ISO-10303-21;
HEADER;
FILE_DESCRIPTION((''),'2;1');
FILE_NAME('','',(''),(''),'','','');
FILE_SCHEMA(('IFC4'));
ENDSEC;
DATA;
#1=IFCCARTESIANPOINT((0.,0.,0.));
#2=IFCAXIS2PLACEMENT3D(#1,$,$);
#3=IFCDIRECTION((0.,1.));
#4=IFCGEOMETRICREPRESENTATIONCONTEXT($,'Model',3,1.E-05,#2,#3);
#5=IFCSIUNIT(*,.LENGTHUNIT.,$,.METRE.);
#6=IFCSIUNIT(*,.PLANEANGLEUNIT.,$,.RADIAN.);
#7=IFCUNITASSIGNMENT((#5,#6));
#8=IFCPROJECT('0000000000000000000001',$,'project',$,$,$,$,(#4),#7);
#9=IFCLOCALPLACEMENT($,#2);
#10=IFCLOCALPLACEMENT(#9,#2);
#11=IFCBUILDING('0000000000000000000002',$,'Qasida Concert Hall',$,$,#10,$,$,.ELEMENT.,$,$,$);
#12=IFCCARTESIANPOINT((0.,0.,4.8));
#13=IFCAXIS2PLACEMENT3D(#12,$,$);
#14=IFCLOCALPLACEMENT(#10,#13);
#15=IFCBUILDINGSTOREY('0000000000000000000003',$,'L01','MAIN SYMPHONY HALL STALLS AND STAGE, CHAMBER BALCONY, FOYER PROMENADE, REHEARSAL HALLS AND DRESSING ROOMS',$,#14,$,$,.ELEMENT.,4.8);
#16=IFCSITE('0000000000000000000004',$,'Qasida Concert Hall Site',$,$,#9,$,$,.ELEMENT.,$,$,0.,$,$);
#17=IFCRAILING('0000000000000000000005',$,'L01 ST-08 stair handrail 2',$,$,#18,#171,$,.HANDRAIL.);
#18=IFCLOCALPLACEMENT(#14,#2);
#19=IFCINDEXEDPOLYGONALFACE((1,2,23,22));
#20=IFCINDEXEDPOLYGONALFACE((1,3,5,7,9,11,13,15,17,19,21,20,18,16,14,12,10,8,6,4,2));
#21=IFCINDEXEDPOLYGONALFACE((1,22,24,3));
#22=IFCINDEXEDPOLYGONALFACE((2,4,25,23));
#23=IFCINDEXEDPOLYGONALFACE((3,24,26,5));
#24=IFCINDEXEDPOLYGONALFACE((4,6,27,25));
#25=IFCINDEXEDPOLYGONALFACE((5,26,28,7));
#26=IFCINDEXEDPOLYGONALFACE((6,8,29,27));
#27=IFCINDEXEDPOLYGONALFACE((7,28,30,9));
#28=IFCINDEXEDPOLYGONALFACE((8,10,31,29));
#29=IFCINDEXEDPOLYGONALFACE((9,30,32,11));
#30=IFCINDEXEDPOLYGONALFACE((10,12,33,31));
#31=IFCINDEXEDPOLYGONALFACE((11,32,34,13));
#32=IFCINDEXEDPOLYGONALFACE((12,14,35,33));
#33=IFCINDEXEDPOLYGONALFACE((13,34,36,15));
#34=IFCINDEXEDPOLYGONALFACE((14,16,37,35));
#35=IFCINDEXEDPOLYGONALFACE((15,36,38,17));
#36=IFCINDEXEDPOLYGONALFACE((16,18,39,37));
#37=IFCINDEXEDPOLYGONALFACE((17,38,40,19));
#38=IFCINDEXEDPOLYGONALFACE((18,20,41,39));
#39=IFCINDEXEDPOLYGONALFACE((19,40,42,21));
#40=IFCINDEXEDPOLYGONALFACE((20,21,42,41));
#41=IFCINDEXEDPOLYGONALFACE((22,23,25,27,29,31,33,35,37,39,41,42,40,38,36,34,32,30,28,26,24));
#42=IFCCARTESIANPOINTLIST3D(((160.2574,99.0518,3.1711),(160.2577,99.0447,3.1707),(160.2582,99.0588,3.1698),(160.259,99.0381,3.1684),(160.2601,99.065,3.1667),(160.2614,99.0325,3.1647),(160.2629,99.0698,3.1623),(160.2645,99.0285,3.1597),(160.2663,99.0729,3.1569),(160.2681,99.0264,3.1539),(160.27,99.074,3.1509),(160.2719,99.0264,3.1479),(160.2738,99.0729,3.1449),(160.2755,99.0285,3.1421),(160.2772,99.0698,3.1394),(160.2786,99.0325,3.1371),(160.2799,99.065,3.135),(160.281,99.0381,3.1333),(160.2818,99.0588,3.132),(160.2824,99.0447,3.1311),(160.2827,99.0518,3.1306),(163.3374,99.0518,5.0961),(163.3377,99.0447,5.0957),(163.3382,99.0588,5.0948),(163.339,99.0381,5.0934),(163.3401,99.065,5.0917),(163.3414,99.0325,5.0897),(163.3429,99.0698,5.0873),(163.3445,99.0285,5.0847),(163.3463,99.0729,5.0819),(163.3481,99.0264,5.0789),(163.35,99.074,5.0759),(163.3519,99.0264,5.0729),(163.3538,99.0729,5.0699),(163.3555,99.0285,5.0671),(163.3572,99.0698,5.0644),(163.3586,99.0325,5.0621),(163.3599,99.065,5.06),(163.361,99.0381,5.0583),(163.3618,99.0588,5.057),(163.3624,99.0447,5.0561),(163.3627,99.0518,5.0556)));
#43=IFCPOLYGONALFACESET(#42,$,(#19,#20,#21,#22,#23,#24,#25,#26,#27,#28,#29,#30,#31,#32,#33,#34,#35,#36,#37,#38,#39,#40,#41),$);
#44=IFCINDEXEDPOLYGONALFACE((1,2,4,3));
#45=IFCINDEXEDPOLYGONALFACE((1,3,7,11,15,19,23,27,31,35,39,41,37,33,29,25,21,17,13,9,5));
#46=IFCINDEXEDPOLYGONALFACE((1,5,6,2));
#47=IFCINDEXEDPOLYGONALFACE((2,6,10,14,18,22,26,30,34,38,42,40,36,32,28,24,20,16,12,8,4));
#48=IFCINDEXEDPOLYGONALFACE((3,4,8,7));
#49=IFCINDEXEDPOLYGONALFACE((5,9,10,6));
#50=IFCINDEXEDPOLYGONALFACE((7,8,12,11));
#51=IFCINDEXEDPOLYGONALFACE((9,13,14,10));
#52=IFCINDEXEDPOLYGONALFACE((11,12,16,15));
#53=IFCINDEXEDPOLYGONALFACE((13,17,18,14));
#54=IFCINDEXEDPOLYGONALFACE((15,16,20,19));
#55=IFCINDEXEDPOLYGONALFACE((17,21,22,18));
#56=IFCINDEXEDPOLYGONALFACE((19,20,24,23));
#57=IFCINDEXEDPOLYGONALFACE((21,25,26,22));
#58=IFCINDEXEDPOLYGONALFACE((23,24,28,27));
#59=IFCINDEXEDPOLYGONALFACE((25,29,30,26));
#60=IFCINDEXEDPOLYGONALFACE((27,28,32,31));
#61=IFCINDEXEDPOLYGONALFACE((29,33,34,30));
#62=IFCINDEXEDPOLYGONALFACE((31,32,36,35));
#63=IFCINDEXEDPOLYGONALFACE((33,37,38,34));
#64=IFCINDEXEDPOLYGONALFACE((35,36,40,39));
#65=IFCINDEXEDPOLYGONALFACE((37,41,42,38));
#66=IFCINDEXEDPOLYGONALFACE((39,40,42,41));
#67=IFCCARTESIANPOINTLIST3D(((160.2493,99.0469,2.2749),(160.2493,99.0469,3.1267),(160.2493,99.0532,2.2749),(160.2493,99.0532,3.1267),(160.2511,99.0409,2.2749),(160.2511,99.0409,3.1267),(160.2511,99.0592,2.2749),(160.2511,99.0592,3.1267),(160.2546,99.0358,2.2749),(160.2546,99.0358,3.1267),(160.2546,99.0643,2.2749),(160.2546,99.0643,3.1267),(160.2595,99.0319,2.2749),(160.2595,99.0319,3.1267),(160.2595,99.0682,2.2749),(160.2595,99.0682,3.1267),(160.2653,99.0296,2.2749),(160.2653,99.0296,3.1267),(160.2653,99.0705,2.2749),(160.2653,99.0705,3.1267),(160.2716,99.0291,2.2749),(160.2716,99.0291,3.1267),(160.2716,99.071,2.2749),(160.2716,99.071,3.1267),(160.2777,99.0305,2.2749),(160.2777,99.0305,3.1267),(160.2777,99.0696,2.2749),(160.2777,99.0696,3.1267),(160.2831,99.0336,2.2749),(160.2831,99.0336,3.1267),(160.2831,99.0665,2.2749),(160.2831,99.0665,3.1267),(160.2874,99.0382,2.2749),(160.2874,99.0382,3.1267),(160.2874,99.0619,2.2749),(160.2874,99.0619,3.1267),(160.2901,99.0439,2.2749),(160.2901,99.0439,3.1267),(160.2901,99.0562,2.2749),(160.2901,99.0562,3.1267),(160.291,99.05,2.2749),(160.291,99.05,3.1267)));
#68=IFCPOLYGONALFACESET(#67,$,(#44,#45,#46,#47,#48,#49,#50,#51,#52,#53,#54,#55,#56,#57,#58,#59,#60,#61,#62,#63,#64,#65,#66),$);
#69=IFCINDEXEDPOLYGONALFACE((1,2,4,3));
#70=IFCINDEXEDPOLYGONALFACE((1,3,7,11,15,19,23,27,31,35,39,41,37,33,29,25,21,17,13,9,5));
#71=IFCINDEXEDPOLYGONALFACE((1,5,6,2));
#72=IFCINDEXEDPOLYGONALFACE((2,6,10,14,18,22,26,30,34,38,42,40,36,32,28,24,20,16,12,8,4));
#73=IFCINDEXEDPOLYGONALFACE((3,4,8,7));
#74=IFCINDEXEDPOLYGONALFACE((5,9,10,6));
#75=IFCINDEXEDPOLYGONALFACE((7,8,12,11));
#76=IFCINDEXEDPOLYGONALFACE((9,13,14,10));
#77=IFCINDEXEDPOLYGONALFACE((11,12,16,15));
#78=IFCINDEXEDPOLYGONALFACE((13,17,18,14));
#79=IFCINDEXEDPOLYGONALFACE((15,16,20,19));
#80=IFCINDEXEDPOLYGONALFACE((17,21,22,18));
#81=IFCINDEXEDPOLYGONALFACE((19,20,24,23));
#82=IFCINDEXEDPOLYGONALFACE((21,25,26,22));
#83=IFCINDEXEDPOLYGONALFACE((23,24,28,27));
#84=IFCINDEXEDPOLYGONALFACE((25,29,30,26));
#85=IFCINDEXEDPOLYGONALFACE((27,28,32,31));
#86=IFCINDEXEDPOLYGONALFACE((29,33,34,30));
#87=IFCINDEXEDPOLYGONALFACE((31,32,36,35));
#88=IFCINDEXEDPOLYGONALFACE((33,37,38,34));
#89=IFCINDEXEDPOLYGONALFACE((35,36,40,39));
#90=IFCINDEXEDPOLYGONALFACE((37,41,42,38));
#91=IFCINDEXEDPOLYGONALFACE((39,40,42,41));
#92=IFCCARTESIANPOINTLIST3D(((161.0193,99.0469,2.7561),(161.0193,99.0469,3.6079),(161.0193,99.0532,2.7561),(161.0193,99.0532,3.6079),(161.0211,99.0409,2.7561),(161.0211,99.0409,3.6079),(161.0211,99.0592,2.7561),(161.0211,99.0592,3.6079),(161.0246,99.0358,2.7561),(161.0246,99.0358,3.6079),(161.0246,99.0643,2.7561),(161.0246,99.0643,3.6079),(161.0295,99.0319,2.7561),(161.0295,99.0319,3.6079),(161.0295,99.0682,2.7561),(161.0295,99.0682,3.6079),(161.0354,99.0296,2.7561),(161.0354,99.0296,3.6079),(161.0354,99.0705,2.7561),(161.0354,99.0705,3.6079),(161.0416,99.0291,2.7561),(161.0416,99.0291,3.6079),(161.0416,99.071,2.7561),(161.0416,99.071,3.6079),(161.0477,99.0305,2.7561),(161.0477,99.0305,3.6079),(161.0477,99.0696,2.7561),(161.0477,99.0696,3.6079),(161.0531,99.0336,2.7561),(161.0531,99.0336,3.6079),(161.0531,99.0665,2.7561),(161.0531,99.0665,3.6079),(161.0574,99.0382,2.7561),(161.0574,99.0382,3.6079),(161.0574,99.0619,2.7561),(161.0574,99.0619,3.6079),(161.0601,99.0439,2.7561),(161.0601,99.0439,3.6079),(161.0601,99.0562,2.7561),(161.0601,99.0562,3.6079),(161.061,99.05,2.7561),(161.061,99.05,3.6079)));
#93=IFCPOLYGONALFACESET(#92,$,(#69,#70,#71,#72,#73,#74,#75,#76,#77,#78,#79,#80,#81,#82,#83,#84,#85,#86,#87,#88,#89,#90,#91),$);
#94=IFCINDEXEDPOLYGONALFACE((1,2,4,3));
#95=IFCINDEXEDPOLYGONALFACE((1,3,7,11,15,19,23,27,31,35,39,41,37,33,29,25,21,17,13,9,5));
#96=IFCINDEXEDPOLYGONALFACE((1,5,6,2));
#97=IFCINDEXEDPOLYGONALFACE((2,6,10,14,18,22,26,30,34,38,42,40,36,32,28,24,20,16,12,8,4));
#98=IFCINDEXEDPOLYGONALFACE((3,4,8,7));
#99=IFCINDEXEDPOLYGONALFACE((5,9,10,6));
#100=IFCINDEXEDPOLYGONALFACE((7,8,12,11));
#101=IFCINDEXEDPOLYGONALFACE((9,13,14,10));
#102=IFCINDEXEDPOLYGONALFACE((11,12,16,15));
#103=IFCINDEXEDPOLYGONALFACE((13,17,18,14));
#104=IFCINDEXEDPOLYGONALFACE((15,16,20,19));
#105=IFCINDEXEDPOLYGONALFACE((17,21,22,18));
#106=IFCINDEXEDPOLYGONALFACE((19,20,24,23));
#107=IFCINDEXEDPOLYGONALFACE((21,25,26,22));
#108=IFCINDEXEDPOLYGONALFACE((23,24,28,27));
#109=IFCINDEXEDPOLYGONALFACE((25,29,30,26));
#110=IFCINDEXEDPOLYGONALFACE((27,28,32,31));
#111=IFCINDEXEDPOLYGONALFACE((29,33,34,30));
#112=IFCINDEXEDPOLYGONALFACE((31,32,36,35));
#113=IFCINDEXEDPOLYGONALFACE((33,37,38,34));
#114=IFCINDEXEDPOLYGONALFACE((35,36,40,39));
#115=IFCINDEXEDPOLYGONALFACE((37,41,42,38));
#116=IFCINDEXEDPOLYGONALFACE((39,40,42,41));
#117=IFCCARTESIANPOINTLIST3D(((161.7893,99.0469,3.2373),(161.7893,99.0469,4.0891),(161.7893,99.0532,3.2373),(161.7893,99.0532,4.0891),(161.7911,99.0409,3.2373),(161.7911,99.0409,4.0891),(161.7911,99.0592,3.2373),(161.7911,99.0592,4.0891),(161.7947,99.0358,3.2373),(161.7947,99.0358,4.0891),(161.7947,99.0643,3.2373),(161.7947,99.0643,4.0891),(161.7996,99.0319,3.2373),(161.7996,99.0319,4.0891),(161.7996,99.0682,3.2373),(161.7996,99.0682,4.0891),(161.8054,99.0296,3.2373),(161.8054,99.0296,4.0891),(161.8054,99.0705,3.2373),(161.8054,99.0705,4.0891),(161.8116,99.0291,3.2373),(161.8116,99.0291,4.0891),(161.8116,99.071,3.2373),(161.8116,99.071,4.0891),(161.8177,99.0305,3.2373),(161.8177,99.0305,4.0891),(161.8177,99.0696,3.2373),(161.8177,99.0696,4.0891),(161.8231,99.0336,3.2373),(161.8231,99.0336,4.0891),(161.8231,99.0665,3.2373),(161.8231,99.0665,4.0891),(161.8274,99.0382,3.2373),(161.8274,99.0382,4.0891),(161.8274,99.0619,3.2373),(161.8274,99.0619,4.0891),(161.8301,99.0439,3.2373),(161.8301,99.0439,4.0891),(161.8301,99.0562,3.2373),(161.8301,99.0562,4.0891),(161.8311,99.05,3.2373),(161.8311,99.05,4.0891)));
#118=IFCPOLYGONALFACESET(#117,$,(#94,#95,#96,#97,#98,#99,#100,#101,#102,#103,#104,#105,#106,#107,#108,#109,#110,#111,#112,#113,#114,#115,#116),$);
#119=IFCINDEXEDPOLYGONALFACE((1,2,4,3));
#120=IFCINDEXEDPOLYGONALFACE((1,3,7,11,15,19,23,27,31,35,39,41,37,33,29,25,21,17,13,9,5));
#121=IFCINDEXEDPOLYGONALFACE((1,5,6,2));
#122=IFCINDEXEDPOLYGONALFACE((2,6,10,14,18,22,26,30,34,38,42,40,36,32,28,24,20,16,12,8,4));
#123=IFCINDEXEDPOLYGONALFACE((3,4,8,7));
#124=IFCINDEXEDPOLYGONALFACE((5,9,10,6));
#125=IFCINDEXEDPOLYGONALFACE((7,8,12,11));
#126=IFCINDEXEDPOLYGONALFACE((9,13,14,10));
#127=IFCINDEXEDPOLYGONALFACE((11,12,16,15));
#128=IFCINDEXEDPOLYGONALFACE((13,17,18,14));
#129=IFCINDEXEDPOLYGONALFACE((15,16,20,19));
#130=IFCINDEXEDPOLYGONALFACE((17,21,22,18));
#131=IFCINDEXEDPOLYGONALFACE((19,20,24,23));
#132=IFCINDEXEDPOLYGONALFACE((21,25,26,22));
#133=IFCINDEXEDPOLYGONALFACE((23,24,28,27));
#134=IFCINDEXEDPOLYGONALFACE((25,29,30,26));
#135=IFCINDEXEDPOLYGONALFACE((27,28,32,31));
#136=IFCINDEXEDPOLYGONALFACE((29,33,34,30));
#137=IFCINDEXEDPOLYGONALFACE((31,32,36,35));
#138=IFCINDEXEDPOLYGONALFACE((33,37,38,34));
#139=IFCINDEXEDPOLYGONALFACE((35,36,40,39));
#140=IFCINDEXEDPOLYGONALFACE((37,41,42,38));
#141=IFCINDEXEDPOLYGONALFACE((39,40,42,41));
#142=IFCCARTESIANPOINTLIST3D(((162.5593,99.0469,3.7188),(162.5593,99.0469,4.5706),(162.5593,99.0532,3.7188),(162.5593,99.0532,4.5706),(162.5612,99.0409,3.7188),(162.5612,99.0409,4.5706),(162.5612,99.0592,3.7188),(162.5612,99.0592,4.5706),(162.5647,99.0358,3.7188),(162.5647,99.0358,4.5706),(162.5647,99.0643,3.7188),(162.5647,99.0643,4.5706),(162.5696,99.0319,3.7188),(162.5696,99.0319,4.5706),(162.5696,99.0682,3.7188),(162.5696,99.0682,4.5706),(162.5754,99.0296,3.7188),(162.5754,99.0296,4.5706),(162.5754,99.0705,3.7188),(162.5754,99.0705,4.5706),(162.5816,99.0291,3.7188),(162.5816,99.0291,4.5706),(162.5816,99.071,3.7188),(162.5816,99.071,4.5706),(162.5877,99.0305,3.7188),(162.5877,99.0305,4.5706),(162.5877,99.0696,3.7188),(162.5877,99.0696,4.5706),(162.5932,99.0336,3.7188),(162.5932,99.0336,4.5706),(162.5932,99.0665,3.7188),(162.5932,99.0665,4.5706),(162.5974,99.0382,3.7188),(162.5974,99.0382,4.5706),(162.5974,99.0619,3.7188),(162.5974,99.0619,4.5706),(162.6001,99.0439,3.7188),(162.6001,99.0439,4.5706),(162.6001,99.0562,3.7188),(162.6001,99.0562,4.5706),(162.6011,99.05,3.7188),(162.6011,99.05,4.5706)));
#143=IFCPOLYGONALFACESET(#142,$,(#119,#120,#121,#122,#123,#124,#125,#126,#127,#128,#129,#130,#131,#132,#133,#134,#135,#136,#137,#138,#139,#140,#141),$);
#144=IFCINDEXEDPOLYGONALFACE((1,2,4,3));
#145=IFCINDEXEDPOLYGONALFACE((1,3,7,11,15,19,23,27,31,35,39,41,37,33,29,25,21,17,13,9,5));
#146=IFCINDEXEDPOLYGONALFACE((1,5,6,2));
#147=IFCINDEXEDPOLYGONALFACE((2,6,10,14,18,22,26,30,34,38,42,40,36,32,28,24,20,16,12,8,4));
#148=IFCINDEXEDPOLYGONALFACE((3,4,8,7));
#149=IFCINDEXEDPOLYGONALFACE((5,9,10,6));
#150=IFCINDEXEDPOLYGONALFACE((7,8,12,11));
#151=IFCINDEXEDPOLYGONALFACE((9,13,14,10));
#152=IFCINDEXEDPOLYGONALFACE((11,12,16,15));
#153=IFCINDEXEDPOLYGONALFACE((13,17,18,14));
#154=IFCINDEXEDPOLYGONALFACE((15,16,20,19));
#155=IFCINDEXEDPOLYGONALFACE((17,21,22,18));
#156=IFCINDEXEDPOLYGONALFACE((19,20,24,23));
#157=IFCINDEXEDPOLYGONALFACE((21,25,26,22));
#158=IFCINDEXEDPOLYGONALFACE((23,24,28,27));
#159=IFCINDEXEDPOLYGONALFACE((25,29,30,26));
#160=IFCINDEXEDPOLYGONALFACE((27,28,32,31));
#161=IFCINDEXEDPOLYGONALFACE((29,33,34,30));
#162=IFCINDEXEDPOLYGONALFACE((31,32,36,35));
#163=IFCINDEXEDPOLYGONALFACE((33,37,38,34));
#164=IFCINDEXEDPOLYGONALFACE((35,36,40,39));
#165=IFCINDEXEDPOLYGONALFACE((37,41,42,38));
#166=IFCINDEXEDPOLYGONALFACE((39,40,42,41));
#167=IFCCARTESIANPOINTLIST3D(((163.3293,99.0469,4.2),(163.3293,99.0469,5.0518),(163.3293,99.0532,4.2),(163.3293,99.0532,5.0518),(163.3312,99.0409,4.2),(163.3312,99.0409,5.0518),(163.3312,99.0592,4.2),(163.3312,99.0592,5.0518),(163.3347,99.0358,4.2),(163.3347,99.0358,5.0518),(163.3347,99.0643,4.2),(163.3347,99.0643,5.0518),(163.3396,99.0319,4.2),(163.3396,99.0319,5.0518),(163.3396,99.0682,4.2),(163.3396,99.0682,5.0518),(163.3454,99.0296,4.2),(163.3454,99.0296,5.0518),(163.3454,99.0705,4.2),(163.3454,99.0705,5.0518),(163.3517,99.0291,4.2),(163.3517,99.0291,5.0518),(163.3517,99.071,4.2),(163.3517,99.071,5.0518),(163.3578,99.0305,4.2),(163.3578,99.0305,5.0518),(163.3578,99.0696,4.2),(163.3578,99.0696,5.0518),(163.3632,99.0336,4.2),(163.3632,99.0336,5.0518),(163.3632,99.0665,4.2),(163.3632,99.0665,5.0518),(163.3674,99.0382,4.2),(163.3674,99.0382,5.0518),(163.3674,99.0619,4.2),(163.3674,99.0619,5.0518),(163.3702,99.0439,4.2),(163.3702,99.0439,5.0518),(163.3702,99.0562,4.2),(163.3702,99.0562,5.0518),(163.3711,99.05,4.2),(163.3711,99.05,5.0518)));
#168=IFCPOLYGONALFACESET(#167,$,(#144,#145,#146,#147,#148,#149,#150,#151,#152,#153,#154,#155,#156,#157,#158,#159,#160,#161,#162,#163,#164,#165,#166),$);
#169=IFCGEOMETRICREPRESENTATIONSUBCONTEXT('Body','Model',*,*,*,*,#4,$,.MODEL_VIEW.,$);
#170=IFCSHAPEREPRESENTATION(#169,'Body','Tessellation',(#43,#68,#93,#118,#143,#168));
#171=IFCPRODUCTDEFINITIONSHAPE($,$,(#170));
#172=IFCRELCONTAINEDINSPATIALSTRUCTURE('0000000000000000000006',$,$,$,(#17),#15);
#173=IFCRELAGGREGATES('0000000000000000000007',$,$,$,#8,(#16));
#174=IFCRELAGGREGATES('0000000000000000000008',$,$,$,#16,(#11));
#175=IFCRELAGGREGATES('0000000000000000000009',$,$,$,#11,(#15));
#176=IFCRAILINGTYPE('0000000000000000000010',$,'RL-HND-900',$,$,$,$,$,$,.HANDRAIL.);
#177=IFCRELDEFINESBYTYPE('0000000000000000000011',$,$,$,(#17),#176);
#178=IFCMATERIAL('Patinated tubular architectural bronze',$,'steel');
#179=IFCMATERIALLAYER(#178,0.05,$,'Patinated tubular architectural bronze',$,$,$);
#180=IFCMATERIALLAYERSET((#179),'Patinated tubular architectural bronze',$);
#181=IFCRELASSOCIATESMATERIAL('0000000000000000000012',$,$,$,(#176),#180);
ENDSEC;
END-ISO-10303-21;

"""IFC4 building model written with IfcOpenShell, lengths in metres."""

from ifc_helpers import new_model, si_unit, direction, frame, origin, origin_2d, place, context, subcontext, project, spatial, circle, extrude, material, layer, layer_set, type_object, element, save


model = new_model("IFC4")

# Units and contexts
model_context = context("Model", 3, precision=1e-05, world=origin(), true_north=direction((0.0, 1.0)))
body_context = subcontext(model_context, "Body", "Model", "MODEL_VIEW")
ifc_project = project(units=[si_unit("LENGTHUNIT", "METRE"), si_unit("PLANEANGLEUNIT", "RADIAN")], contexts=[model_context])

# Site, building, storey
site_placement = place(None, origin())
site = spatial("IfcSite", under=ifc_project, at=site_placement, Name="Qasida Concert Hall Site", CompositionType="ELEMENT", RefElevation=0.0)
building_placement = place(site_placement, origin())
building = spatial("IfcBuilding", under=site, at=building_placement, Name="Qasida Concert Hall", CompositionType="ELEMENT")
storey_placement = place(building_placement, frame((0.0, 0.0, 4.8)))
storey = spatial("IfcBuildingStorey", under=building, at=storey_placement, Name="L01", Description="MAIN SYMPHONY HALL STALLS AND STAGE, CHAMBER BALCONY, FOYER PROMENADE, REHEARSAL HALLS AND DRESSING ROOMS", CompositionType="ELEMENT", Elevation=4.8)

# Railing
ifc_material_1 = material(Name="Patinated tubular architectural bronze", Category="steel")
ifc_layer_1 = layer(ifc_material_1, 0.05, Name="Patinated tubular architectural bronze")
ifc_layer_set_1 = layer_set([ifc_layer_1], Name="Patinated tubular architectural bronze")
railing_type_1 = type_object("IfcRailingType", Name="RL-HND-900", PredefinedType="HANDRAIL", material=ifc_layer_set_1)
railing_1_placement = place(storey_placement, frame((160.27, 99.05, 2.2749)))
element("IfcRailing", 1, at=railing_1_placement, inside=storey, type_object=railing_type_1, Name="L01 ST-08 stair handrail 2", PredefinedType="HANDRAIL", context=body_context, shape_type="SweptSolid", body=[
    extrude(circle(Radius=0.0239, at=origin_2d()), frame((0.0, 0.0, 0.876), z_axis=(0.847998, 0.0, 0.529999), x_axis=(0.0, 1.0, 0.0)), (0.0, 0.0, 1.0), 3.6321),
    extrude(circle(Radius=0.021, at=origin_2d()), origin(), (0.0, 0.0, 1.0), 0.8518),
    extrude(circle(Radius=0.021, at=origin_2d()), frame((0.77, 0.0, 0.4812)), (0.0, 0.0, 1.0), 0.8518),
    extrude(circle(Radius=0.021, at=origin_2d()), frame((1.54, 0.0, 0.9624)), (0.0, 0.0, 1.0), 0.8518),
    extrude(circle(Radius=0.021, at=origin_2d()), frame((2.3101, 0.0, 1.4438)), (0.0, 0.0, 1.0), 0.8518),
    extrude(circle(Radius=0.021, at=origin_2d()), frame((3.0801, 0.0, 1.925)), (0.0, 0.0, 1.0), 0.8518),
])

save(model, "model.ifc")
